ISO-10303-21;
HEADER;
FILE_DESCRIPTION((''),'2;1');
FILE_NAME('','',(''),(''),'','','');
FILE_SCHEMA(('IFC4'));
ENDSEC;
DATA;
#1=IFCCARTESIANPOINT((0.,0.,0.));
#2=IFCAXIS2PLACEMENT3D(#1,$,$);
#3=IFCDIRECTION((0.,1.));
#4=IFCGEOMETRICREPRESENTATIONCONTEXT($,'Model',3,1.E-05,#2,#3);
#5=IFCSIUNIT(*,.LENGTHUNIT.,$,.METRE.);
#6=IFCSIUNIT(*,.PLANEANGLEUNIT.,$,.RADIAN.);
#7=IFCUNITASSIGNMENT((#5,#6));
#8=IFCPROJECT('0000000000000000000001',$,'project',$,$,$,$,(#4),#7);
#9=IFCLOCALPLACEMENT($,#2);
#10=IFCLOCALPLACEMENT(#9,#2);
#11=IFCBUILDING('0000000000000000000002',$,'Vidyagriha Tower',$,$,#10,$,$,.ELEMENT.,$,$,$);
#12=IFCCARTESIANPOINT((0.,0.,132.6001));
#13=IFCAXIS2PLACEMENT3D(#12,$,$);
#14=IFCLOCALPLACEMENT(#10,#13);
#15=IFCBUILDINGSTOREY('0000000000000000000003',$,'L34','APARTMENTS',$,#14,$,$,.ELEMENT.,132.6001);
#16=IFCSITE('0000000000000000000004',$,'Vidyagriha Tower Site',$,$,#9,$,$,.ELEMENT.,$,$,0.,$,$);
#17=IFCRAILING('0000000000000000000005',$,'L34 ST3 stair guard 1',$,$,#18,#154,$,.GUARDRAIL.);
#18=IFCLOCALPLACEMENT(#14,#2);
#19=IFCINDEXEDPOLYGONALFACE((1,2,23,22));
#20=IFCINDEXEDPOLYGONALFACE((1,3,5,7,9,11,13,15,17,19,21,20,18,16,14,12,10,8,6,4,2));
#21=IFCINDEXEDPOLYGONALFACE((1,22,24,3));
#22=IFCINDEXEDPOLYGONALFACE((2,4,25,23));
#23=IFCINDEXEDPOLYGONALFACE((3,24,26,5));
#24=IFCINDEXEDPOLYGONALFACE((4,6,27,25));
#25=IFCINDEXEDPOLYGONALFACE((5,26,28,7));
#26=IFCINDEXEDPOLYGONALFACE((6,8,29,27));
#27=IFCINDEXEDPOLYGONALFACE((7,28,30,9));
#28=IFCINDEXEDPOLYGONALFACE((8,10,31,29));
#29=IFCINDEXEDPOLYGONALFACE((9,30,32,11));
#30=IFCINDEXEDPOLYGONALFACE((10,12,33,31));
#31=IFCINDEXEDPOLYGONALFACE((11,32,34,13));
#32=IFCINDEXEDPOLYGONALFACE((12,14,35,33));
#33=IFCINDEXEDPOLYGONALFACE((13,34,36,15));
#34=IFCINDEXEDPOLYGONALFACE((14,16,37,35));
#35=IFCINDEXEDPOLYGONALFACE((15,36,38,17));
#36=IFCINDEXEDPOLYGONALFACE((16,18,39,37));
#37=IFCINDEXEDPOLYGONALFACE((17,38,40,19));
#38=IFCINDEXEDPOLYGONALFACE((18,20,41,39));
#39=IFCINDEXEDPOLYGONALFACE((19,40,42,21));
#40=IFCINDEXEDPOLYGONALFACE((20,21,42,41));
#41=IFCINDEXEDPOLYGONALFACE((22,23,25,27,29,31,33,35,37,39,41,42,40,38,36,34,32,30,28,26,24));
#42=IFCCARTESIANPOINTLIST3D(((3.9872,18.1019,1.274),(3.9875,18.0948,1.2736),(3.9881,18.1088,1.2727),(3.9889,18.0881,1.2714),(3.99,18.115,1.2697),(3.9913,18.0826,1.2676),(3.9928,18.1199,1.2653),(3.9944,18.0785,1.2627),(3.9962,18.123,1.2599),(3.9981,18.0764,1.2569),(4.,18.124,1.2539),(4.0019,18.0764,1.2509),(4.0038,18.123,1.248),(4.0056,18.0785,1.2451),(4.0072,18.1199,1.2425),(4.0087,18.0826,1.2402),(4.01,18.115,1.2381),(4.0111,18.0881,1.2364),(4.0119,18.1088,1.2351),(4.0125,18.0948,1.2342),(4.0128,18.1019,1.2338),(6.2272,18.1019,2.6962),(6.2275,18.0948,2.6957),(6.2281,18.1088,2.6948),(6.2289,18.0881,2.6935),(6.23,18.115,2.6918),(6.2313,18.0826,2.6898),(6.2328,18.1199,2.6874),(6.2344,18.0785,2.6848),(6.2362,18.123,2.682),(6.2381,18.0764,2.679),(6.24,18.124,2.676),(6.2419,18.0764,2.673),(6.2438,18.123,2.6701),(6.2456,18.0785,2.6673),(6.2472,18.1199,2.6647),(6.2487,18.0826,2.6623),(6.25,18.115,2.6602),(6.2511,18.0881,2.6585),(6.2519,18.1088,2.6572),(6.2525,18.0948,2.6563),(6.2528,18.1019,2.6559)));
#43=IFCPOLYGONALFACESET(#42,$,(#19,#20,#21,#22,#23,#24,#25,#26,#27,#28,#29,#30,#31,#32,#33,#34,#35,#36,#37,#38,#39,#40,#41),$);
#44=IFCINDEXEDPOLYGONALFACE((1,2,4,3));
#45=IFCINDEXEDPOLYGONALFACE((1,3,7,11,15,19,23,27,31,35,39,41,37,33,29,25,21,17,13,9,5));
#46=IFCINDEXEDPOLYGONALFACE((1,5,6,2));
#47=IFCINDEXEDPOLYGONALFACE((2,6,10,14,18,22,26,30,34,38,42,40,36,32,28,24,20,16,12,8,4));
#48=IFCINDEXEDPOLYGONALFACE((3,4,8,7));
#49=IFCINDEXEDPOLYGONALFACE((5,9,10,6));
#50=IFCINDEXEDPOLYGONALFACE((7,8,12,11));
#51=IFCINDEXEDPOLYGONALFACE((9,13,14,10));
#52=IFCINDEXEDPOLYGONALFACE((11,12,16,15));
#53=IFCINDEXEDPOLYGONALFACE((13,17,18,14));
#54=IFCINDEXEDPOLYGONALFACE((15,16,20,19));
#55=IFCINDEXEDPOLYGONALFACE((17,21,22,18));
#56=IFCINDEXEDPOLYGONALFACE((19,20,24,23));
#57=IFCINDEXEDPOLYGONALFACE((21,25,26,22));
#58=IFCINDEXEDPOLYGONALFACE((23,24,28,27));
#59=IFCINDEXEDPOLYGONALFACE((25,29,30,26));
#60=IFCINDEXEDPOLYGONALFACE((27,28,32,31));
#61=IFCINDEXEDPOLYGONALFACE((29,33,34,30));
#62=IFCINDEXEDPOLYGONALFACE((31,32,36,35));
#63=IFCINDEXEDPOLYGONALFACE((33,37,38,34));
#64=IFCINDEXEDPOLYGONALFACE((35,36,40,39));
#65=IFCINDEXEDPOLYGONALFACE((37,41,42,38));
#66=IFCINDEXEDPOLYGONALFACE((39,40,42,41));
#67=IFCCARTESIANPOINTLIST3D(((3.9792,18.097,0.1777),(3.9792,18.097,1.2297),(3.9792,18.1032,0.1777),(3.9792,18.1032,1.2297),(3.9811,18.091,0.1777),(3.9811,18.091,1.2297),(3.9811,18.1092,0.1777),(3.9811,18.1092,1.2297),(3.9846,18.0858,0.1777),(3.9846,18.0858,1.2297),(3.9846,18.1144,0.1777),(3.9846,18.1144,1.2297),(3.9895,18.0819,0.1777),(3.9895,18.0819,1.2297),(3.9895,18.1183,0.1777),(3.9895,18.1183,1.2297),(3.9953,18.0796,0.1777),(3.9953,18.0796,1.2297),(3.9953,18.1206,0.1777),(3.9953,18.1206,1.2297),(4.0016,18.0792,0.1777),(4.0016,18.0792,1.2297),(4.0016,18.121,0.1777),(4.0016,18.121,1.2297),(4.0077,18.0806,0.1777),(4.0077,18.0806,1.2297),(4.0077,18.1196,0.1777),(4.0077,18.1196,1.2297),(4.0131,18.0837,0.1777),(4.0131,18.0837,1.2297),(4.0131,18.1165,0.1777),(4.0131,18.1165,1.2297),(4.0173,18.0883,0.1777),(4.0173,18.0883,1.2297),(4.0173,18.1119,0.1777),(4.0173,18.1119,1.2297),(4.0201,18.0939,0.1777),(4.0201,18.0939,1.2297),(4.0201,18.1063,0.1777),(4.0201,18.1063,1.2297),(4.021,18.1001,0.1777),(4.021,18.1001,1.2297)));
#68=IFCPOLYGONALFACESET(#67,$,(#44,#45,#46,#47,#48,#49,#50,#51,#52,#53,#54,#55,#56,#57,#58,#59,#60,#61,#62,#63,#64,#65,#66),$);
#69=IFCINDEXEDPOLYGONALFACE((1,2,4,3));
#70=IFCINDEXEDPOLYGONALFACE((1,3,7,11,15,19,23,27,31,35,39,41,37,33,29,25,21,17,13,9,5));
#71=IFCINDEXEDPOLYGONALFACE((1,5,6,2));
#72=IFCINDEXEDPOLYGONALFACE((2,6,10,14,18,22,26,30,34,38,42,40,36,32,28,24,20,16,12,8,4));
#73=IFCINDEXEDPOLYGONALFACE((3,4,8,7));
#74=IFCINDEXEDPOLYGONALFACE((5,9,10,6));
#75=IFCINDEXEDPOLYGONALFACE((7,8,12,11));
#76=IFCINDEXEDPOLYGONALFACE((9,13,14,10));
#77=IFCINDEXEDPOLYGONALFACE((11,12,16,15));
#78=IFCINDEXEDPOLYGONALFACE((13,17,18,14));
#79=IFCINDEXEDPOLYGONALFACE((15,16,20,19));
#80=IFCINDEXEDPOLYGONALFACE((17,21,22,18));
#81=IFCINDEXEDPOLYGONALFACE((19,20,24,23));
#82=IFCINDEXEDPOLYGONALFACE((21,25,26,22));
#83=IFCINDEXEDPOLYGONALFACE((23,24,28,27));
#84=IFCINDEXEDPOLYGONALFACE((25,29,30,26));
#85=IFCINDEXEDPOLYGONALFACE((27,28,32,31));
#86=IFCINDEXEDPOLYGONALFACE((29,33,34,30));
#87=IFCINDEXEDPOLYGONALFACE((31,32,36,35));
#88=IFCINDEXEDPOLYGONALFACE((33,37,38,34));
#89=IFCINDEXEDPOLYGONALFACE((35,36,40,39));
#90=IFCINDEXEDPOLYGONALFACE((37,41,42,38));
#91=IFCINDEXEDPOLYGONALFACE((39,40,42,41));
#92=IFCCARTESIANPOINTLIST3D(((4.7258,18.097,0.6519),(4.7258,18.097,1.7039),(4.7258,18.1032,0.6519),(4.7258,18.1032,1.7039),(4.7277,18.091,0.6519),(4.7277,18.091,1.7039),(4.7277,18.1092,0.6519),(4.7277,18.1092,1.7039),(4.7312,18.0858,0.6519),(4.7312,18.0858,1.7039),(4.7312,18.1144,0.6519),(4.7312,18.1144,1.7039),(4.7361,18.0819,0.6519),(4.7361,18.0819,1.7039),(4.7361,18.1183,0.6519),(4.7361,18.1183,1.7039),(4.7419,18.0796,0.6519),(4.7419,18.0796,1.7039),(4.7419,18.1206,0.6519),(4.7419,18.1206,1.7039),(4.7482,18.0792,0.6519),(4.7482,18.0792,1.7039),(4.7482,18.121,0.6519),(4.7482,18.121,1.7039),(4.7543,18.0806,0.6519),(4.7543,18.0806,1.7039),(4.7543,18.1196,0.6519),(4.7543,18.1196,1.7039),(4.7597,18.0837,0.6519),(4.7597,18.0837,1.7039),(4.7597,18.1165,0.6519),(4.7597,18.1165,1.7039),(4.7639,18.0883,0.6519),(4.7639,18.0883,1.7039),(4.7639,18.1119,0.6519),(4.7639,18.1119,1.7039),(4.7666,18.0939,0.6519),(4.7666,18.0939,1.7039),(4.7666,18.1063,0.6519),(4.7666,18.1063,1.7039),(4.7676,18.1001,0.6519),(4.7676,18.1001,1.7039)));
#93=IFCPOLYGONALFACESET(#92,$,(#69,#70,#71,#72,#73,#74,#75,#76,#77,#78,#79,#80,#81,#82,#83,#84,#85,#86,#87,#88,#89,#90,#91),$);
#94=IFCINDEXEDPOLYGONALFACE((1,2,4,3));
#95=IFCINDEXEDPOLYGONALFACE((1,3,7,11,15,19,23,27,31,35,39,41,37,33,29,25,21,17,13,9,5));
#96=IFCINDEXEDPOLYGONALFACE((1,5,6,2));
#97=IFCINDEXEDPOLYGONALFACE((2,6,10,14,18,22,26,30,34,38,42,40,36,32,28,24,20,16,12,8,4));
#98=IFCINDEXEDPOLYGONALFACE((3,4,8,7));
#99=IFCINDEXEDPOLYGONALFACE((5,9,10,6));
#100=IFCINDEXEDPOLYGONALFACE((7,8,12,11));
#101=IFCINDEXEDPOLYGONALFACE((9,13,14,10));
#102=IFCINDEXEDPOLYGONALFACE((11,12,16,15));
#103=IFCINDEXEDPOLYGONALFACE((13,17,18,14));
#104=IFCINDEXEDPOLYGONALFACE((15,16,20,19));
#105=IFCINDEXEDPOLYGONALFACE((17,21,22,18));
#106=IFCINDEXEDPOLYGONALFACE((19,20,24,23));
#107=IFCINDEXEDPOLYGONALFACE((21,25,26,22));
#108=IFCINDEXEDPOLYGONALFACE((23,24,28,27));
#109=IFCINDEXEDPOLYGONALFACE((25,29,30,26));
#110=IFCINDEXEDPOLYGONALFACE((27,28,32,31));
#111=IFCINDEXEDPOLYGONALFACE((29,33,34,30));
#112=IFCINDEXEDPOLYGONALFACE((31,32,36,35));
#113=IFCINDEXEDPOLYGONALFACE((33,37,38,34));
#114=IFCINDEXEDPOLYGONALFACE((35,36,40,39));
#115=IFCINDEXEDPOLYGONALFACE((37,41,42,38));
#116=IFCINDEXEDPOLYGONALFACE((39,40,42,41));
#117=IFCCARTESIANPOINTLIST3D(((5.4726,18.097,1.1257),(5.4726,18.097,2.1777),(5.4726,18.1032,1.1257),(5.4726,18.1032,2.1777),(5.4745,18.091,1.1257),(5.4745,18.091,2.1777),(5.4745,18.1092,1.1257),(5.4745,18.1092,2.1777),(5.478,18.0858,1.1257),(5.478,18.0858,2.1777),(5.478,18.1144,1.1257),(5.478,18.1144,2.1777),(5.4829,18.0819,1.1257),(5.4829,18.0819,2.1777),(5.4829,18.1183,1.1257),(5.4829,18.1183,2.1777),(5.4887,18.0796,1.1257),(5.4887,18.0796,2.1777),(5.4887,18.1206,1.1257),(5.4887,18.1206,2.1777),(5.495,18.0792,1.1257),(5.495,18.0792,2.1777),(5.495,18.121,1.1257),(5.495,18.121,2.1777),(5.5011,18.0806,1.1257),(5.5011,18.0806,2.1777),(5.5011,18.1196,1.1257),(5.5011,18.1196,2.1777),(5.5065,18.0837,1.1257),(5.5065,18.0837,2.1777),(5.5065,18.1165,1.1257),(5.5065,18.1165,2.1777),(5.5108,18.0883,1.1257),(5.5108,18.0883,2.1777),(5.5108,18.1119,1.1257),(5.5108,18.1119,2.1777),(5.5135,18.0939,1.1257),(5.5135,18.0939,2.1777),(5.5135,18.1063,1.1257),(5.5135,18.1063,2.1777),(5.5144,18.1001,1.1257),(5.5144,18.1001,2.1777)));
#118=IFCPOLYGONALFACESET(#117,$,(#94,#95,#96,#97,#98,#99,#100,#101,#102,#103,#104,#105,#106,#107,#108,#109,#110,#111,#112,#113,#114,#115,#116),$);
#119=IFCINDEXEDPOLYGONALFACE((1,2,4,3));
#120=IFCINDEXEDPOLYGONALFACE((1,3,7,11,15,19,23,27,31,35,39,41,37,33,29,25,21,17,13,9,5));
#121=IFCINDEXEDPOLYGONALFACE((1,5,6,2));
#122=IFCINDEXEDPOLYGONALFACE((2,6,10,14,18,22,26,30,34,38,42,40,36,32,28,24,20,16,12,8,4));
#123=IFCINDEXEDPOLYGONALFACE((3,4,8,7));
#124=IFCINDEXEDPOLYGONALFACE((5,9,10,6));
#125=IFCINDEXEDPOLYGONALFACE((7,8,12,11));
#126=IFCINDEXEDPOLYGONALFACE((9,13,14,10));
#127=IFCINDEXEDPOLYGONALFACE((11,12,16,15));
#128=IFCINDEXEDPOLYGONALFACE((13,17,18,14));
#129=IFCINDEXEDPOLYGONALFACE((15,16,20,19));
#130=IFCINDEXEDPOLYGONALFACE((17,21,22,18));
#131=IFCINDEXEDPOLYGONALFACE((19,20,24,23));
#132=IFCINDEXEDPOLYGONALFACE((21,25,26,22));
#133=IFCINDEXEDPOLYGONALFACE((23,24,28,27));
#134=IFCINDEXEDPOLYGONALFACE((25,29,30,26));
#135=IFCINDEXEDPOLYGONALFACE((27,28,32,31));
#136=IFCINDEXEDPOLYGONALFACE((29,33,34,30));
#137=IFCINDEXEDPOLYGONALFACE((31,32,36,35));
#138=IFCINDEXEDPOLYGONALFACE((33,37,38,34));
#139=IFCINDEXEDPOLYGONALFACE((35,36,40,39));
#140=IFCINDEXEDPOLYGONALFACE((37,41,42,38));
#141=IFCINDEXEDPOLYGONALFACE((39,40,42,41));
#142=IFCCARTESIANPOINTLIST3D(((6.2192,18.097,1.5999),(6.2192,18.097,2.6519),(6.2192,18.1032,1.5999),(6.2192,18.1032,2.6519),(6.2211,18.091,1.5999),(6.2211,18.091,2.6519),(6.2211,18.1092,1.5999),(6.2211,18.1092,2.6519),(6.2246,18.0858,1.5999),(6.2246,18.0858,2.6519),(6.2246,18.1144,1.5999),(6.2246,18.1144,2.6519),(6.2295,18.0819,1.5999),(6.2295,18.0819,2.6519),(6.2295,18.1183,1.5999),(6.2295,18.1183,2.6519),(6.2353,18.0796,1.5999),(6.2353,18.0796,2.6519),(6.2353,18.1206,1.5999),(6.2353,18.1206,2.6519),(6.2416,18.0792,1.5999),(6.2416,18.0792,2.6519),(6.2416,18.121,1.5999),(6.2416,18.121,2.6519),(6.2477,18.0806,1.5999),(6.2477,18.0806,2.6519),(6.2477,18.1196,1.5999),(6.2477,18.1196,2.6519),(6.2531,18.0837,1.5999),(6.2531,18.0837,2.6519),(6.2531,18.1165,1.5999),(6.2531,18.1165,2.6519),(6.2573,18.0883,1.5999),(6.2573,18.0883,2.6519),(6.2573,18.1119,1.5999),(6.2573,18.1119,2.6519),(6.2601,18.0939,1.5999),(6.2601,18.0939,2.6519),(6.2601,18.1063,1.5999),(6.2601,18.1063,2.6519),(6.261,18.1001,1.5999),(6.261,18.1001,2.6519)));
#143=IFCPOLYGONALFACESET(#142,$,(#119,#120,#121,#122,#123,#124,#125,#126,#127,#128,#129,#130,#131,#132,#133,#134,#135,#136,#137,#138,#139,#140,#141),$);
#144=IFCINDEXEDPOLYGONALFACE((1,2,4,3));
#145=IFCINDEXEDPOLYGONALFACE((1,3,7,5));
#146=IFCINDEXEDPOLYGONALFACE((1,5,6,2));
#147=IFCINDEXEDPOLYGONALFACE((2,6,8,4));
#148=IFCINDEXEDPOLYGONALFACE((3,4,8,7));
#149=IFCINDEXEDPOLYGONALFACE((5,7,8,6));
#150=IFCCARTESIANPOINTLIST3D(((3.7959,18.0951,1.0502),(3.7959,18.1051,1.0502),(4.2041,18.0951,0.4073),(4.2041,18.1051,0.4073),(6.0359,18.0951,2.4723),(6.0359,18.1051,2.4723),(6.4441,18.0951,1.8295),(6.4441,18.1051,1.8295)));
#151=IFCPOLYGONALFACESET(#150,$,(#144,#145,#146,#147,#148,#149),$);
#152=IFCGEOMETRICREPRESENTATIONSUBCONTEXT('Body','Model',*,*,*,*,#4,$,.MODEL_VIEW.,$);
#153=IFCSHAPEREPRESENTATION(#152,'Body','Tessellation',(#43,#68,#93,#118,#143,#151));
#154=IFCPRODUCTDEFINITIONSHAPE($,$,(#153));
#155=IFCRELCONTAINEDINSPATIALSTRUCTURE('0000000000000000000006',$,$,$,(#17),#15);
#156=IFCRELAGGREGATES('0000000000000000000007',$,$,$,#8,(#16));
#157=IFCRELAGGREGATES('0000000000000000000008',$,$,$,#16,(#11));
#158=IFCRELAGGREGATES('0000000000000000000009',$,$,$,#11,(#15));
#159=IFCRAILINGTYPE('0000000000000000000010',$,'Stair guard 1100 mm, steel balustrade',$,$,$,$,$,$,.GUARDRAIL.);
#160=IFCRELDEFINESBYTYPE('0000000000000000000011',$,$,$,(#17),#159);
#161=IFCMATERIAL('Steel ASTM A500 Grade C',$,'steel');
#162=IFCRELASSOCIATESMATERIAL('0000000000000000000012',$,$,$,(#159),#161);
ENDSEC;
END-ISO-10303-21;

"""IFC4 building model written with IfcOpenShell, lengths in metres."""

from ifc_helpers import new_model, si_unit, direction, frame, origin, origin_2d, place, context, subcontext, project, spatial, rectangle, circle, extrude, material, type_object, element, save


model = new_model("IFC4")

# Units and contexts
model_context = context("Model", 3, precision=1e-05, world=origin(), true_north=direction((0.0, 1.0)))
body_context = subcontext(model_context, "Body", "Model", "MODEL_VIEW")
ifc_project = project(units=[si_unit("LENGTHUNIT", "METRE"), si_unit("PLANEANGLEUNIT", "RADIAN")], contexts=[model_context])

# Site, building, storey
site_placement = place(None, origin())
site = spatial("IfcSite", under=ifc_project, at=site_placement, Name="Vidyagriha Tower Site", CompositionType="ELEMENT", RefElevation=0.0)
building_placement = place(site_placement, origin())
building = spatial("IfcBuilding", under=site, at=building_placement, Name="Vidyagriha Tower", CompositionType="ELEMENT")
storey_placement = place(building_placement, frame((0.0, 0.0, 132.6001)))
storey = spatial("IfcBuildingStorey", under=building, at=storey_placement, Name="L34", Description="APARTMENTS", CompositionType="ELEMENT", Elevation=132.6001)

# Railing
ifc_material_1 = material(Name="Steel ASTM A500 Grade C", Category="steel")
railing_type_1 = type_object("IfcRailingType", Name="Stair guard 1100 mm, steel balustrade", PredefinedType="GUARDRAIL", material=ifc_material_1)
railing_1_placement = place(storey_placement, frame((4.0, 18.1001, 0.1777)))
element("IfcRailing", 1, at=railing_1_placement, inside=storey, type_object=railing_type_1, Name="L34 ST3 stair guard 1", PredefinedType="GUARDRAIL", context=body_context, shape_type="SweptSolid", body=[
    extrude(circle(Radius=0.0239, at=origin_2d()), frame((0.0, 0.0, 1.0762), z_axis=(0.844229, 0.0, 0.535982), x_axis=(0.0, 1.0, 0.0)), (0.0, 0.0, 1.0), 2.6533),
    extrude(circle(Radius=0.021, at=origin_2d()), origin(), (0.0, 0.0, 1.0), 1.052),
    extrude(circle(Radius=0.021, at=origin_2d()), frame((0.7466, 0.0, 0.4741)), (0.0, 0.0, 1.0), 1.052),
    extrude(circle(Radius=0.021, at=origin_2d()), frame((1.4934, 0.0, 0.948)), (0.0, 0.0, 1.0), 1.052),
    extrude(circle(Radius=0.021, at=origin_2d()), frame((2.24, 0.0, 1.4221)), (0.0, 0.0, 1.0), 1.052),
    extrude(rectangle(XDim=0.01, YDim=0.7615, at=origin_2d()), frame((0.0, 0.0, 0.551), z_axis=(0.844229, 0.0, 0.535982), x_axis=(0.0, 1.0, 0.0)), (0.0, 0.0, 1.0), 2.6533),
])

save(model, "model.ifc")
